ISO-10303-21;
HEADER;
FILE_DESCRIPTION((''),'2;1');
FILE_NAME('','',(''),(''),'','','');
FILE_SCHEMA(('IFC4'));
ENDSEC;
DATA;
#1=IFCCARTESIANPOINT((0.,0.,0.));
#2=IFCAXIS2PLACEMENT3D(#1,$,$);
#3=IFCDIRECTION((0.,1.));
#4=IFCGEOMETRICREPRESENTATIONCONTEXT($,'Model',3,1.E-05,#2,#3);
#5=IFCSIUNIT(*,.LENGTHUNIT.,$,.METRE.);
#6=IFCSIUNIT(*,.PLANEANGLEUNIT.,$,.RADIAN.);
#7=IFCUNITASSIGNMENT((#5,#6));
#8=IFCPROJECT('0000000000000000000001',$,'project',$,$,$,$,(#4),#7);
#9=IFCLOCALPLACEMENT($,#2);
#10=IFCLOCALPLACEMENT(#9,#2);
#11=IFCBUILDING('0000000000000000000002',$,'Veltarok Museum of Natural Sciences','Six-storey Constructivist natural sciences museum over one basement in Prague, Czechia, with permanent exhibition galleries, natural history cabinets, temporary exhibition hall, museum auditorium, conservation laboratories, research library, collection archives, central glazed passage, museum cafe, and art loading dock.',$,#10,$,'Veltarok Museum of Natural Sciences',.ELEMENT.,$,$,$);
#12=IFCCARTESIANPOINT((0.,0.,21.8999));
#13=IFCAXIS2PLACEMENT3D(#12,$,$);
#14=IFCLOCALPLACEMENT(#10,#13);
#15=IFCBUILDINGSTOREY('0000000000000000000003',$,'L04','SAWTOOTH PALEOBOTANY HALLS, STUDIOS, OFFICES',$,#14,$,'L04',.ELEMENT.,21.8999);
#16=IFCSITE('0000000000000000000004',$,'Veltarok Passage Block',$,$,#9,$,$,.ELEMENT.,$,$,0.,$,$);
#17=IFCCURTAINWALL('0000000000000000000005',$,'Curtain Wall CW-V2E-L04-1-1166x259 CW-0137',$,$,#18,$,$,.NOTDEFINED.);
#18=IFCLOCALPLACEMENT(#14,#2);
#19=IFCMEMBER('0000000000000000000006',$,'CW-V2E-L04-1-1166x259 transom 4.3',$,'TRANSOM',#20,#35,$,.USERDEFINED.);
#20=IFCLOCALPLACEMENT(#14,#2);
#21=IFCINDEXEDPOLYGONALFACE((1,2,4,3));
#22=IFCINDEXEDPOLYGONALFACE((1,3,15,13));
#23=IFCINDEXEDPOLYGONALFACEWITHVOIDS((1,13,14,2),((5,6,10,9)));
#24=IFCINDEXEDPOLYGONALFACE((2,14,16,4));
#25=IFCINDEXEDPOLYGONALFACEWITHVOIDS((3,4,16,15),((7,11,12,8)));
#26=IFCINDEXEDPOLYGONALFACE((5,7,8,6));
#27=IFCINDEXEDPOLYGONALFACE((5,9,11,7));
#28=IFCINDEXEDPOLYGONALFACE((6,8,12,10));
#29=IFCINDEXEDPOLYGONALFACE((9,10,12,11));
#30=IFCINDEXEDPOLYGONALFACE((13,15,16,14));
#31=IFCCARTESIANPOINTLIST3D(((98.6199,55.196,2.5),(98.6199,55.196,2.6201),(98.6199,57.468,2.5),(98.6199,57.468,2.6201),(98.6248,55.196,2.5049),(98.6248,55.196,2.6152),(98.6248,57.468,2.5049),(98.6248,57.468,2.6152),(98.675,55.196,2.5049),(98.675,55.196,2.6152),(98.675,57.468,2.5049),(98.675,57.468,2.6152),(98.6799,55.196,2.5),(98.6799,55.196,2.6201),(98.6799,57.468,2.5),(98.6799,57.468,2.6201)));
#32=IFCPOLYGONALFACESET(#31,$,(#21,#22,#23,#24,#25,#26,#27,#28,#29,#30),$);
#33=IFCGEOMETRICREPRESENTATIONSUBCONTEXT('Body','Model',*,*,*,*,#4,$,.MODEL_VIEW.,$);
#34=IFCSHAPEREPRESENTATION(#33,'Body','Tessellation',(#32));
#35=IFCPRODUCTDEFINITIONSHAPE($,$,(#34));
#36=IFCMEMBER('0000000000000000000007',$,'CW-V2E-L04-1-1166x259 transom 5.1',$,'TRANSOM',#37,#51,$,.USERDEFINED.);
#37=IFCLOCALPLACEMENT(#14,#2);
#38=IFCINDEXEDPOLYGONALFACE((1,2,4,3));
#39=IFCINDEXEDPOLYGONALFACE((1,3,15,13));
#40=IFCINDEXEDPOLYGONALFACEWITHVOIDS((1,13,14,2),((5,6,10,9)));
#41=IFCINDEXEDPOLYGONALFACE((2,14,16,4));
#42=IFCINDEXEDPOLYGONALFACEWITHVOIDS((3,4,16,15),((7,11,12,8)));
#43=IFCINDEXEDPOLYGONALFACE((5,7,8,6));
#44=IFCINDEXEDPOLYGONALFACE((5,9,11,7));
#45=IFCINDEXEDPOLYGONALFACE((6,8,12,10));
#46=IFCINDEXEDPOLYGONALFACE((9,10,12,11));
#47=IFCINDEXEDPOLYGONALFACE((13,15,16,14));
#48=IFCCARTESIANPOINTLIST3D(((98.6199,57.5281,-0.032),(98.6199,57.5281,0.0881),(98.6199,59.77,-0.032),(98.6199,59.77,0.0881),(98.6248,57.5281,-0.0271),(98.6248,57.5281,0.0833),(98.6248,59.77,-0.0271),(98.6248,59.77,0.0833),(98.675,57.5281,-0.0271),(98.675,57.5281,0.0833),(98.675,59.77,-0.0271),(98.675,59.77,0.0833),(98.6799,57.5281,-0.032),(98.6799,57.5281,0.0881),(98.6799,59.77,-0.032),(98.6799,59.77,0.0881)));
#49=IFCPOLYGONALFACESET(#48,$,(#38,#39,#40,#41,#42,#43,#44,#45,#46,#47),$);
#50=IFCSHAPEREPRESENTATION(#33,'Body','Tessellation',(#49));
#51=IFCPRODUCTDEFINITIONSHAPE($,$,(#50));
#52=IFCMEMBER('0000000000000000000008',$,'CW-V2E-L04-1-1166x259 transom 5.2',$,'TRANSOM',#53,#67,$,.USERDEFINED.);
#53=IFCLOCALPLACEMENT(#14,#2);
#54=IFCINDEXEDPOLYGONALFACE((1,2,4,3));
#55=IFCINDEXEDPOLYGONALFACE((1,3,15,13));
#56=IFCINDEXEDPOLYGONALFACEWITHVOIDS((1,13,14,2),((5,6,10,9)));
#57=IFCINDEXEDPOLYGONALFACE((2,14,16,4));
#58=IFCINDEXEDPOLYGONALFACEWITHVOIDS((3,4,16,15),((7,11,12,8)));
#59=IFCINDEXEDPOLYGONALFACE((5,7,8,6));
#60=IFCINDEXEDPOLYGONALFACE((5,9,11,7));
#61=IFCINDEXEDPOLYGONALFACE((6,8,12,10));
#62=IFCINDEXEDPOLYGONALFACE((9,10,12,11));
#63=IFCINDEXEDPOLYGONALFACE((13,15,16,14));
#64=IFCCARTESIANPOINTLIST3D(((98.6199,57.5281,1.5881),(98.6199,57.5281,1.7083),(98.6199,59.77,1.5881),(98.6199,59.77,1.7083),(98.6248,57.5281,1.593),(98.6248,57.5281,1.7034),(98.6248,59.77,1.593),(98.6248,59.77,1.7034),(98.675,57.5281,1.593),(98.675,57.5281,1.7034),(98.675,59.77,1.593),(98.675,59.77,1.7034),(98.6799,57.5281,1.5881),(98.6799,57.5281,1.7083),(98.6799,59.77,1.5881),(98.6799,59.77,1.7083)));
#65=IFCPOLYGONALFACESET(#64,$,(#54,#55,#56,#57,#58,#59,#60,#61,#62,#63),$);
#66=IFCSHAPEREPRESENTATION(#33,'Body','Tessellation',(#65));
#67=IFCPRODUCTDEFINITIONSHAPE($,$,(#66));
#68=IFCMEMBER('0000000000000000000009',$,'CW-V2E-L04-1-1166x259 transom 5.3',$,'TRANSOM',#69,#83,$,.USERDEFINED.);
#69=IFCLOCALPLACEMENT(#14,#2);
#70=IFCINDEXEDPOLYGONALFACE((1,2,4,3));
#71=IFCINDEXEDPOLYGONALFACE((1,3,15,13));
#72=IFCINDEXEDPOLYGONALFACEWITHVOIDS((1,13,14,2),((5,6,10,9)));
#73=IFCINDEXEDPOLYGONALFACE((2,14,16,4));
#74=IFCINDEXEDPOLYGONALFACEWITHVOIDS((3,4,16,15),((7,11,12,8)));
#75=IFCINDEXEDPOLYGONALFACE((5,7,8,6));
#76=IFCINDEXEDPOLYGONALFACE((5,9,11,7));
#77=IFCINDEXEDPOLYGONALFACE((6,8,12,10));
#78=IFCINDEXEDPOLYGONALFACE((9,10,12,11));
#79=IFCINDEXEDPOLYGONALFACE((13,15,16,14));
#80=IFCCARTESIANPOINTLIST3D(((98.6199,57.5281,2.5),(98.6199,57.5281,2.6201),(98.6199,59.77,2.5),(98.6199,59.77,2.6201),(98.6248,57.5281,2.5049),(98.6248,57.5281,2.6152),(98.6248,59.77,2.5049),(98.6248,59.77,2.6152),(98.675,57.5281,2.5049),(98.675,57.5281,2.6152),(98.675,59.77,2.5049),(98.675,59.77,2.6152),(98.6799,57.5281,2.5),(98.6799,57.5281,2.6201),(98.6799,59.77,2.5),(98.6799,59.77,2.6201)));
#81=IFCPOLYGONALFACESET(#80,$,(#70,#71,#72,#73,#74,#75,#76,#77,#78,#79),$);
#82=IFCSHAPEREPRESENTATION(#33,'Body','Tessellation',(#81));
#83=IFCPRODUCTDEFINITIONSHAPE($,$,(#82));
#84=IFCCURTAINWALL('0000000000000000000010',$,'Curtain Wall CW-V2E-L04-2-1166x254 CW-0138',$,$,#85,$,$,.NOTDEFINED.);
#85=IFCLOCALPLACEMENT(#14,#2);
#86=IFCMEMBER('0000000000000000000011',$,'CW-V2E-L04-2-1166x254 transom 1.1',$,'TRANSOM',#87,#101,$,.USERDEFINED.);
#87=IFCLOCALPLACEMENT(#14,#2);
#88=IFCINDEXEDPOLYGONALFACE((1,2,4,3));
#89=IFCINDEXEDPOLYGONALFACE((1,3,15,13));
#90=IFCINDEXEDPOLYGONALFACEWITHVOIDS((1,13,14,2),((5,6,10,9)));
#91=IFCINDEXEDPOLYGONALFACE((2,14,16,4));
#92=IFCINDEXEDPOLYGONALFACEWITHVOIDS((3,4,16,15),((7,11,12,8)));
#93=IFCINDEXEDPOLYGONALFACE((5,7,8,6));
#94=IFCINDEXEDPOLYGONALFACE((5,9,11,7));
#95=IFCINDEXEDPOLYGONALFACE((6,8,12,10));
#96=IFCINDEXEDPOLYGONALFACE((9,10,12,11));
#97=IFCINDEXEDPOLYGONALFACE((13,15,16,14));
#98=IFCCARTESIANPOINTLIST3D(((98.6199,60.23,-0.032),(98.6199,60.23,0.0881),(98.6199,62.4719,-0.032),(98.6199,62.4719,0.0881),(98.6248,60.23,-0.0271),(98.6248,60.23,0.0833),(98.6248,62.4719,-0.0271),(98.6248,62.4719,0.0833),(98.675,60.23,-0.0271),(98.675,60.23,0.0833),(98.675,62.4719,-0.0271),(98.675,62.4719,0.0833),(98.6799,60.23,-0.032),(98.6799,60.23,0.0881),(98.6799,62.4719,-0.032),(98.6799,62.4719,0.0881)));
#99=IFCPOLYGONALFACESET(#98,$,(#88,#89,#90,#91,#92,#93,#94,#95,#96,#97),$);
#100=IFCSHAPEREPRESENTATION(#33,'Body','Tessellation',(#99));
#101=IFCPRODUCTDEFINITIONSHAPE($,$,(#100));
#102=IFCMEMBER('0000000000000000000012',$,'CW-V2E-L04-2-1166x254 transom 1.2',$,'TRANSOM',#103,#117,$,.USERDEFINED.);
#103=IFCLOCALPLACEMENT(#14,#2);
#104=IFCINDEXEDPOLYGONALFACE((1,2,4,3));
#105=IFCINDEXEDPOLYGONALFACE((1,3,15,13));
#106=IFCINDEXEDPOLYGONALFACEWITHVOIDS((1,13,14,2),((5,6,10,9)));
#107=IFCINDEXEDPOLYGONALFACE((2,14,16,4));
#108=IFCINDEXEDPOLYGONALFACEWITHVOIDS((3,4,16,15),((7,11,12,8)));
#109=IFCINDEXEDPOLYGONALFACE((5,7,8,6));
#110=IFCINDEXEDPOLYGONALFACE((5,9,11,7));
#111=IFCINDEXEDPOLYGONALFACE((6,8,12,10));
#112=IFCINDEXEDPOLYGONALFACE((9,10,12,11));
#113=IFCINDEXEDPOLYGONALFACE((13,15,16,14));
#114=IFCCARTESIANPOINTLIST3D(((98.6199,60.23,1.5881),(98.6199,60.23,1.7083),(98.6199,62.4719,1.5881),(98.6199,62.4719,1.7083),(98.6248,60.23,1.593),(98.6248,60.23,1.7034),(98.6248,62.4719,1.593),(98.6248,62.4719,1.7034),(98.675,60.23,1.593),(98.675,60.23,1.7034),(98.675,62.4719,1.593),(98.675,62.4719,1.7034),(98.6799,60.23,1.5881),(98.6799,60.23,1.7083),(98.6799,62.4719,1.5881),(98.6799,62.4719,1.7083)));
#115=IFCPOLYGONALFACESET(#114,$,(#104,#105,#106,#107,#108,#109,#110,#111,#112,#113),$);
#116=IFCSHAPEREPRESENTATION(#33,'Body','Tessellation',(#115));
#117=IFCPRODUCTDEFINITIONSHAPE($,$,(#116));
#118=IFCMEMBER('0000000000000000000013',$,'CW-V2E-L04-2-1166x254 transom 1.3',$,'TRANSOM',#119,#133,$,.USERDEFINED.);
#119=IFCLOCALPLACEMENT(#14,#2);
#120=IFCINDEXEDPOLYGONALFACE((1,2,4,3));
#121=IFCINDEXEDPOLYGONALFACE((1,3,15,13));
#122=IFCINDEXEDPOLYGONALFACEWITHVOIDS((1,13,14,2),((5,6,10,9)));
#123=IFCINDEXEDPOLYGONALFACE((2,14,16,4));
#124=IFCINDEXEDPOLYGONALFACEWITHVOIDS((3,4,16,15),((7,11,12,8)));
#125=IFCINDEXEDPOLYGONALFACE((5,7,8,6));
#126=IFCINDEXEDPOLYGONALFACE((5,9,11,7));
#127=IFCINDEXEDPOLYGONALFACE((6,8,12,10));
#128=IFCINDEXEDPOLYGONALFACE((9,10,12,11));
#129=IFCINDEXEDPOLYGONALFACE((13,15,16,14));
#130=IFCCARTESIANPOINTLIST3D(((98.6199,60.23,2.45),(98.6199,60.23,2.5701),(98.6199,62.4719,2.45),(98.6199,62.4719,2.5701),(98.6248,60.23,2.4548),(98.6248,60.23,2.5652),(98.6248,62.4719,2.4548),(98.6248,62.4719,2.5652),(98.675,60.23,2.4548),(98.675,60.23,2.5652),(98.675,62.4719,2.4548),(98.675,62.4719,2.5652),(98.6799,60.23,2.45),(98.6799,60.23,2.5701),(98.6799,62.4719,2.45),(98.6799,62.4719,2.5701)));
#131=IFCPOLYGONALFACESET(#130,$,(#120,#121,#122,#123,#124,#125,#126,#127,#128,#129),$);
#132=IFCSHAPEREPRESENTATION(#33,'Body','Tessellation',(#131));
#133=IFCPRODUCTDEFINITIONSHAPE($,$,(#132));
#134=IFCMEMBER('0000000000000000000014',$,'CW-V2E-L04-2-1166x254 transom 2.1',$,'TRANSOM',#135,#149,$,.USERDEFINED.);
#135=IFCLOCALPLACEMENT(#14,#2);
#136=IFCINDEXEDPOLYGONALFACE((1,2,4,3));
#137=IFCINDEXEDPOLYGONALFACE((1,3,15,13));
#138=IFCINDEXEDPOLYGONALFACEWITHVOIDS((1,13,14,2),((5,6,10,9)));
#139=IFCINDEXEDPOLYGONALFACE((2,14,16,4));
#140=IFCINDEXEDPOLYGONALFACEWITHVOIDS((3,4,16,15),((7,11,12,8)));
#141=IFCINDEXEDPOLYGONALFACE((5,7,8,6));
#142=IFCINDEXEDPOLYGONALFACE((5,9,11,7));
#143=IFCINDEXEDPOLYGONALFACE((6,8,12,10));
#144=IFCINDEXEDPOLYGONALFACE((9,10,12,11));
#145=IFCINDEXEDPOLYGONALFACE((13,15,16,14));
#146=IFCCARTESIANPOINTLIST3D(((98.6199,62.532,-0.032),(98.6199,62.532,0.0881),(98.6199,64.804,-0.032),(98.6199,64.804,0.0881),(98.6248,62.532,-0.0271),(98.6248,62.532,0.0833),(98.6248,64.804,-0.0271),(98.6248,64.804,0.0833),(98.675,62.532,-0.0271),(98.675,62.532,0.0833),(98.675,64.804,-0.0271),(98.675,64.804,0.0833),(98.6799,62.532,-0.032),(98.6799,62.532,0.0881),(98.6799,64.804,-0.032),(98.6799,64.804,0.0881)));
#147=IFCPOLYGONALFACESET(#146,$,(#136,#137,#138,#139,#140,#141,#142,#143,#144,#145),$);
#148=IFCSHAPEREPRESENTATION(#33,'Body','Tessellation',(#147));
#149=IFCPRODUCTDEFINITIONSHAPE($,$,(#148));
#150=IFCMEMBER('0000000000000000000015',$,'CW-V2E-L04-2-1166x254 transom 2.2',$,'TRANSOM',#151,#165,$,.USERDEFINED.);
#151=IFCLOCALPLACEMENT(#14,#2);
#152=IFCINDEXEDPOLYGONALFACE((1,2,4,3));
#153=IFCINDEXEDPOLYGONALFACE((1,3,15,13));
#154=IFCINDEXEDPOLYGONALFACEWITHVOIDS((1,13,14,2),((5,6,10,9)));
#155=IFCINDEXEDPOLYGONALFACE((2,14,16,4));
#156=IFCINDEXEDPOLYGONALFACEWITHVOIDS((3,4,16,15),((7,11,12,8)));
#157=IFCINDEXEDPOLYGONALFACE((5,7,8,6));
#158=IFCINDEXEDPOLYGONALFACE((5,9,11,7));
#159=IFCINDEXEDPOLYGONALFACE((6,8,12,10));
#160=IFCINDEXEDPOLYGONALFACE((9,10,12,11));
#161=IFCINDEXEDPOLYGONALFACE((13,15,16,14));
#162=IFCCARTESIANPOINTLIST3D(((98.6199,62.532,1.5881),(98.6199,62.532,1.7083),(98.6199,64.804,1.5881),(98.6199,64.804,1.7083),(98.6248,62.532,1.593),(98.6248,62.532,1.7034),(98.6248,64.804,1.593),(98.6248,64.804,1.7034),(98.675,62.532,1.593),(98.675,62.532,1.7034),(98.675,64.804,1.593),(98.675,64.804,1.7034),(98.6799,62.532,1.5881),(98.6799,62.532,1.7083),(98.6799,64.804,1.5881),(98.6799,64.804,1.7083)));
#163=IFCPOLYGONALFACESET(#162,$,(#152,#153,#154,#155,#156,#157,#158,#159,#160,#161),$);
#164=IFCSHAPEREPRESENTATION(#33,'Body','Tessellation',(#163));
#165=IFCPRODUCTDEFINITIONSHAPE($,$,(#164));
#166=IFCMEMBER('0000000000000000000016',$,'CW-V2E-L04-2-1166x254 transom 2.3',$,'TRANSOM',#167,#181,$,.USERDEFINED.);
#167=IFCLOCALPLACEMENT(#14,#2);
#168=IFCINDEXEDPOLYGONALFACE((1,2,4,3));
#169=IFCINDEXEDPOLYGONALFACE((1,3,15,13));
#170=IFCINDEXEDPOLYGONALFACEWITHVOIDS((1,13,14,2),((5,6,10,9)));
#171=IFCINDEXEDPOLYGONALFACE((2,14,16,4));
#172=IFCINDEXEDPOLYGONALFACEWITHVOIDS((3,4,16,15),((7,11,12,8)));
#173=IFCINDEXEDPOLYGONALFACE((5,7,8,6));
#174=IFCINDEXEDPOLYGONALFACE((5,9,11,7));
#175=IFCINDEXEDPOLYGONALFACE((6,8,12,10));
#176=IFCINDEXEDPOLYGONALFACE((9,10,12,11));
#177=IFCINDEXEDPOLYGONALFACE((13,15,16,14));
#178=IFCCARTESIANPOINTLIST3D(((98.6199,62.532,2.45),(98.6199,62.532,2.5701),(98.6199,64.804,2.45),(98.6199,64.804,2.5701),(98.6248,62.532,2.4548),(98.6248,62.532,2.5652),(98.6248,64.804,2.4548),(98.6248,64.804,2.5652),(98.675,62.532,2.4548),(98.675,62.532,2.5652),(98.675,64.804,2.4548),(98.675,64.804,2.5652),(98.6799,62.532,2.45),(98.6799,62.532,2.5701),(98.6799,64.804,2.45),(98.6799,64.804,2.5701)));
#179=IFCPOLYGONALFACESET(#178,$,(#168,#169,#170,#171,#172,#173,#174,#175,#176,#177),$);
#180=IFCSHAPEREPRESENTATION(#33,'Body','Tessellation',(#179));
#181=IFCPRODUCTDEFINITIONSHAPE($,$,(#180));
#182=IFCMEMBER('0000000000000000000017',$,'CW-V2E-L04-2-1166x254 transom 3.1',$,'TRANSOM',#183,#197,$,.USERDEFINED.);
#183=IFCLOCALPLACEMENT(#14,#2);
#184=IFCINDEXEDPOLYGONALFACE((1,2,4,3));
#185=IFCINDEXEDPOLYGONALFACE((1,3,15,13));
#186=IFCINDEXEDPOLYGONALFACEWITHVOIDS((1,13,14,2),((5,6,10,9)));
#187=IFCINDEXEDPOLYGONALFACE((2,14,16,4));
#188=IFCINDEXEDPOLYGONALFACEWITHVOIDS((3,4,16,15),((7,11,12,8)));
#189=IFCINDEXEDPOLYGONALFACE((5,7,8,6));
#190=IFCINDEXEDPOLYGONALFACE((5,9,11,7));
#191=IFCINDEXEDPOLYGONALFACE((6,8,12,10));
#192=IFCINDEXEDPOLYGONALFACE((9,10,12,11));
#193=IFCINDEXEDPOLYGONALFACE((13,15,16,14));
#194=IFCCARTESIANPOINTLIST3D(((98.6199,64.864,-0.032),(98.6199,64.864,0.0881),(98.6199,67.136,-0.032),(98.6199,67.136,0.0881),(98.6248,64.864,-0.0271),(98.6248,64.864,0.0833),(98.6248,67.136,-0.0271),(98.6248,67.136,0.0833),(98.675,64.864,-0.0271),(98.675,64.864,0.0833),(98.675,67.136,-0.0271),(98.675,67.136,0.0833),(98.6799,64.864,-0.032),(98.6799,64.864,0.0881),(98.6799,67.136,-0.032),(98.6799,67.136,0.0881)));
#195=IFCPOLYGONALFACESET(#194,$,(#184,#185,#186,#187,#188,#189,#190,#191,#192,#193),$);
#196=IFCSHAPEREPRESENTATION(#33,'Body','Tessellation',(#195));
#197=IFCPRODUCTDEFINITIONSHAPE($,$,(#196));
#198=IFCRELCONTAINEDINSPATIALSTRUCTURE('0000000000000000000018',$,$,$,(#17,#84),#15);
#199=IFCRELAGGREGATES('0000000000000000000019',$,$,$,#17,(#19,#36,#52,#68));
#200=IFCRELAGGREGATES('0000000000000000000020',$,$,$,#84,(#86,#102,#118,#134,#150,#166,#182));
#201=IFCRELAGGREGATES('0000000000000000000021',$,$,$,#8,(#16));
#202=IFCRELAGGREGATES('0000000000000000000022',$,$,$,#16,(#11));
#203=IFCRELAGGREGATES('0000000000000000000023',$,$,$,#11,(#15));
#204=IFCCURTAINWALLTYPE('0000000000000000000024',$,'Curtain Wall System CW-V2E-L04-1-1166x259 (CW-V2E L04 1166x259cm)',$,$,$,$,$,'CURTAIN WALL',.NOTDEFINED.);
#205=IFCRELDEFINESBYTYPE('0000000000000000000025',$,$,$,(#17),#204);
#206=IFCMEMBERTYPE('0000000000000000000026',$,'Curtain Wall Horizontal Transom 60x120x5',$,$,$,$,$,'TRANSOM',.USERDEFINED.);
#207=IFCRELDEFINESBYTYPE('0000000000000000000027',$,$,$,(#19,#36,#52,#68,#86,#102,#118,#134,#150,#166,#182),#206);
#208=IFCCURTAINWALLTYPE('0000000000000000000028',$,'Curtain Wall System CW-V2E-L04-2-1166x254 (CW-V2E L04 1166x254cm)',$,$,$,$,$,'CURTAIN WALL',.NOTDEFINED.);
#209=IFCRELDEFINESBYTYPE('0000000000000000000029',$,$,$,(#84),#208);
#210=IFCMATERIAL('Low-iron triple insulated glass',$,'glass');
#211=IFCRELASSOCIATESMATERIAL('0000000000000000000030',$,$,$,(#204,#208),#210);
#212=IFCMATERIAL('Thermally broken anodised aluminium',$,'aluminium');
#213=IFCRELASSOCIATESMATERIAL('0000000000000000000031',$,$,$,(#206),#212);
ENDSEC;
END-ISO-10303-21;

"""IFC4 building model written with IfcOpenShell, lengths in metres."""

from ifc_helpers import new_model, si_unit, direction, frame, origin, origin_2d, place, context, subcontext, project, spatial, hollow_rectangle, extrude, material, material_profile, profile_set, type_object, element, aggregate, save


model = new_model("IFC4")

# Units and contexts
model_context = context("Model", 3, precision=1e-05, world=origin(), true_north=direction((0.0, 1.0)))
body_context = subcontext(model_context, "Body", "Model", "MODEL_VIEW")
ifc_project = project(units=[si_unit("LENGTHUNIT", "METRE"), si_unit("PLANEANGLEUNIT", "RADIAN")], contexts=[model_context])

# Site, building, storey
site_placement = place(None, origin())
site = spatial("IfcSite", under=ifc_project, at=site_placement, Name="Veltarok Passage Block", CompositionType="ELEMENT", RefElevation=0.0)
building_placement = place(site_placement, origin())
building = spatial("IfcBuilding", under=site, at=building_placement, Name="Veltarok Museum of Natural Sciences", Description="Six-storey Constructivist natural sciences museum over one basement in Prague, Czechia, with permanent exhibition galleries, natural history cabinets, temporary exhibition hall, museum auditorium, conservation laboratories, research library, collection archives, central glazed passage, museum cafe, and art loading dock.", LongName="Veltarok Museum of Natural Sciences", CompositionType="ELEMENT")
storey_placement = place(building_placement, frame((0.0, 0.0, 21.8999)))
storey = spatial("IfcBuildingStorey", under=building, at=storey_placement, Name="L04", Description="SAWTOOTH PALEOBOTANY HALLS, STUDIOS, OFFICES", LongName="L04", CompositionType="ELEMENT", Elevation=21.8999)

# Curtain walls, members
ifc_material_1 = material(Name="Low-iron triple insulated glass", Category="glass")
curtain_wall_type_1 = type_object("IfcCurtainWallType", Name="Curtain Wall System CW-V2E-L04-1-1166x259 (CW-V2E L04 1166x259cm)", ElementType="CURTAIN WALL", PredefinedType="NOTDEFINED", material=ifc_material_1)
curtain_wall_1_placement = place(storey_placement, origin())
curtain_wall_1 = element("IfcCurtainWall", 1, at=curtain_wall_1_placement, inside=storey, type_object=curtain_wall_type_1, Name="Curtain Wall CW-V2E-L04-1-1166x259 CW-0137", PredefinedType="NOTDEFINED")
ifc_material_2 = material(Name="Thermally broken anodised aluminium", Category="aluminium")
ifc_material_profile_1 = material_profile(ifc_material_2, hollow_rectangle(XDim=0.0601, YDim=0.1201, WallThickness=0.0049, at=origin_2d()), Name="CW TRANSOM 60x120x5")
ifc_profile_set_1 = profile_set([ifc_material_profile_1], Name="Thermally broken anodised aluminium")
member_type_1 = type_object("IfcMemberType", Name="Curtain Wall Horizontal Transom 60x120x5", ElementType="TRANSOM", PredefinedType="USERDEFINED", material=ifc_profile_set_1)
member_1_placement = place(storey_placement, frame((98.6499, 55.196, 2.5601), z_axis=(0.0, 1.0, 0.0), x_axis=(-1.0, 0.0, 0.0)))
member_1 = element("IfcMember", 2, at=member_1_placement, type_object=member_type_1, Name="CW-V2E-L04-1-1166x259 transom 4.3", ObjectType="TRANSOM", PredefinedType="USERDEFINED", context=body_context, shape_type="SweptSolid", body=[
    extrude(hollow_rectangle(XDim=0.0601, YDim=0.1201, WallThickness=0.0049, at=origin_2d()), origin(), (0.0, 0.0, 1.0), 2.272),
])
member_2_placement = place(storey_placement, frame((98.6499, 57.5281, 0.0281), z_axis=(0.0, 1.0, 0.0), x_axis=(-1.0, 0.0, 0.0)))
member_2 = element("IfcMember", 3, at=member_2_placement, type_object=member_type_1, Name="CW-V2E-L04-1-1166x259 transom 5.1", ObjectType="TRANSOM", PredefinedType="USERDEFINED", context=body_context, shape_type="SweptSolid", body=[
    extrude(hollow_rectangle(XDim=0.0601, YDim=0.1201, WallThickness=0.0049, at=origin_2d()), origin(), (0.0, 0.0, 1.0), 2.2419),
])
member_3_placement = place(storey_placement, frame((98.6499, 57.5281, 1.6482), z_axis=(0.0, 1.0, 0.0), x_axis=(-1.0, 0.0, 0.0)))
member_3 = element("IfcMember", 4, at=member_3_placement, type_object=member_type_1, Name="CW-V2E-L04-1-1166x259 transom 5.2", ObjectType="TRANSOM", PredefinedType="USERDEFINED", context=body_context, shape_type="SweptSolid", body=[
    extrude(hollow_rectangle(XDim=0.0601, YDim=0.1201, WallThickness=0.0049, at=origin_2d()), origin(), (0.0, 0.0, 1.0), 2.2419),
])
member_4_placement = place(storey_placement, frame((98.6499, 57.5281, 2.5601), z_axis=(0.0, 1.0, 0.0), x_axis=(-1.0, 0.0, 0.0)))
member_4 = element("IfcMember", 5, at=member_4_placement, type_object=member_type_1, Name="CW-V2E-L04-1-1166x259 transom 5.3", ObjectType="TRANSOM", PredefinedType="USERDEFINED", context=body_context, shape_type="SweptSolid", body=[
    extrude(hollow_rectangle(XDim=0.0601, YDim=0.1201, WallThickness=0.0049, at=origin_2d()), origin(), (0.0, 0.0, 1.0), 2.2419),
])
curtain_wall_type_2 = type_object("IfcCurtainWallType", Name="Curtain Wall System CW-V2E-L04-2-1166x254 (CW-V2E L04 1166x254cm)", ElementType="CURTAIN WALL", PredefinedType="NOTDEFINED", material=ifc_material_1)
curtain_wall_2_placement = place(storey_placement, origin())
curtain_wall_2 = element("IfcCurtainWall", 6, at=curtain_wall_2_placement, inside=storey, type_object=curtain_wall_type_2, Name="Curtain Wall CW-V2E-L04-2-1166x254 CW-0138", PredefinedType="NOTDEFINED")
member_5_placement = place(storey_placement, frame((98.6499, 60.23, 0.0281), z_axis=(0.0, 1.0, 0.0), x_axis=(-1.0, 0.0, 0.0)))
member_5 = element("IfcMember", 7, at=member_5_placement, type_object=member_type_1, Name="CW-V2E-L04-2-1166x254 transom 1.1", ObjectType="TRANSOM", PredefinedType="USERDEFINED", context=body_context, shape_type="SweptSolid", body=[
    extrude(hollow_rectangle(XDim=0.0601, YDim=0.1201, WallThickness=0.0049, at=origin_2d()), origin(), (0.0, 0.0, 1.0), 2.2419),
])
member_6_placement = place(storey_placement, frame((98.6499, 60.23, 1.6482), z_axis=(0.0, 1.0, 0.0), x_axis=(-1.0, 0.0, 0.0)))
member_6 = element("IfcMember", 8, at=member_6_placement, type_object=member_type_1, Name="CW-V2E-L04-2-1166x254 transom 1.2", ObjectType="TRANSOM", PredefinedType="USERDEFINED", context=body_context, shape_type="SweptSolid", body=[
    extrude(hollow_rectangle(XDim=0.0601, YDim=0.1201, WallThickness=0.0049, at=origin_2d()), origin(), (0.0, 0.0, 1.0), 2.2419),
])
member_7_placement = place(storey_placement, frame((98.6499, 60.23, 2.51), z_axis=(0.0, 1.0, 0.0), x_axis=(-1.0, 0.0, 0.0)))
member_7 = element("IfcMember", 9, at=member_7_placement, type_object=member_type_1, Name="CW-V2E-L04-2-1166x254 transom 1.3", ObjectType="TRANSOM", PredefinedType="USERDEFINED", context=body_context, shape_type="SweptSolid", body=[
    extrude(hollow_rectangle(XDim=0.0601, YDim=0.1201, WallThickness=0.0049, at=origin_2d()), origin(), (0.0, 0.0, 1.0), 2.2419),
])
member_8_placement = place(storey_placement, frame((98.6499, 62.532, 0.0281), z_axis=(0.0, 1.0, 0.0), x_axis=(-1.0, 0.0, 0.0)))
member_8 = element("IfcMember", 10, at=member_8_placement, type_object=member_type_1, Name="CW-V2E-L04-2-1166x254 transom 2.1", ObjectType="TRANSOM", PredefinedType="USERDEFINED", context=body_context, shape_type="SweptSolid", body=[
    extrude(hollow_rectangle(XDim=0.0601, YDim=0.1201, WallThickness=0.0049, at=origin_2d()), origin(), (0.0, 0.0, 1.0), 2.272),
])
member_9_placement = place(storey_placement, frame((98.6499, 62.532, 1.6482), z_axis=(0.0, 1.0, 0.0), x_axis=(-1.0, 0.0, 0.0)))
member_9 = element("IfcMember", 11, at=member_9_placement, type_object=member_type_1, Name="CW-V2E-L04-2-1166x254 transom 2.2", ObjectType="TRANSOM", PredefinedType="USERDEFINED", context=body_context, shape_type="SweptSolid", body=[
    extrude(hollow_rectangle(XDim=0.0601, YDim=0.1201, WallThickness=0.0049, at=origin_2d()), origin(), (0.0, 0.0, 1.0), 2.272),
])
member_10_placement = place(storey_placement, frame((98.6499, 62.532, 2.51), z_axis=(0.0, 1.0, 0.0), x_axis=(-1.0, 0.0, 0.0)))
member_10 = element("IfcMember", 12, at=member_10_placement, type_object=member_type_1, Name="CW-V2E-L04-2-1166x254 transom 2.3", ObjectType="TRANSOM", PredefinedType="USERDEFINED", context=body_context, shape_type="SweptSolid", body=[
    extrude(hollow_rectangle(XDim=0.0601, YDim=0.1201, WallThickness=0.0049, at=origin_2d()), origin(), (0.0, 0.0, 1.0), 2.272),
])
member_11_placement = place(storey_placement, frame((98.6499, 64.864, 0.0281), z_axis=(0.0, 1.0, 0.0), x_axis=(-1.0, 0.0, 0.0)))
member_11 = element("IfcMember", 13, at=member_11_placement, type_object=member_type_1, Name="CW-V2E-L04-2-1166x254 transom 3.1", ObjectType="TRANSOM", PredefinedType="USERDEFINED", context=body_context, shape_type="SweptSolid", body=[
    extrude(hollow_rectangle(XDim=0.0601, YDim=0.1201, WallThickness=0.0049, at=origin_2d()), origin(), (0.0, 0.0, 1.0), 2.272),
])

aggregate(curtain_wall_1, [member_1, member_2, member_3, member_4])
aggregate(curtain_wall_2, [member_5, member_6, member_7, member_8, member_9, member_10, member_11])

save(model, "model.ifc")
